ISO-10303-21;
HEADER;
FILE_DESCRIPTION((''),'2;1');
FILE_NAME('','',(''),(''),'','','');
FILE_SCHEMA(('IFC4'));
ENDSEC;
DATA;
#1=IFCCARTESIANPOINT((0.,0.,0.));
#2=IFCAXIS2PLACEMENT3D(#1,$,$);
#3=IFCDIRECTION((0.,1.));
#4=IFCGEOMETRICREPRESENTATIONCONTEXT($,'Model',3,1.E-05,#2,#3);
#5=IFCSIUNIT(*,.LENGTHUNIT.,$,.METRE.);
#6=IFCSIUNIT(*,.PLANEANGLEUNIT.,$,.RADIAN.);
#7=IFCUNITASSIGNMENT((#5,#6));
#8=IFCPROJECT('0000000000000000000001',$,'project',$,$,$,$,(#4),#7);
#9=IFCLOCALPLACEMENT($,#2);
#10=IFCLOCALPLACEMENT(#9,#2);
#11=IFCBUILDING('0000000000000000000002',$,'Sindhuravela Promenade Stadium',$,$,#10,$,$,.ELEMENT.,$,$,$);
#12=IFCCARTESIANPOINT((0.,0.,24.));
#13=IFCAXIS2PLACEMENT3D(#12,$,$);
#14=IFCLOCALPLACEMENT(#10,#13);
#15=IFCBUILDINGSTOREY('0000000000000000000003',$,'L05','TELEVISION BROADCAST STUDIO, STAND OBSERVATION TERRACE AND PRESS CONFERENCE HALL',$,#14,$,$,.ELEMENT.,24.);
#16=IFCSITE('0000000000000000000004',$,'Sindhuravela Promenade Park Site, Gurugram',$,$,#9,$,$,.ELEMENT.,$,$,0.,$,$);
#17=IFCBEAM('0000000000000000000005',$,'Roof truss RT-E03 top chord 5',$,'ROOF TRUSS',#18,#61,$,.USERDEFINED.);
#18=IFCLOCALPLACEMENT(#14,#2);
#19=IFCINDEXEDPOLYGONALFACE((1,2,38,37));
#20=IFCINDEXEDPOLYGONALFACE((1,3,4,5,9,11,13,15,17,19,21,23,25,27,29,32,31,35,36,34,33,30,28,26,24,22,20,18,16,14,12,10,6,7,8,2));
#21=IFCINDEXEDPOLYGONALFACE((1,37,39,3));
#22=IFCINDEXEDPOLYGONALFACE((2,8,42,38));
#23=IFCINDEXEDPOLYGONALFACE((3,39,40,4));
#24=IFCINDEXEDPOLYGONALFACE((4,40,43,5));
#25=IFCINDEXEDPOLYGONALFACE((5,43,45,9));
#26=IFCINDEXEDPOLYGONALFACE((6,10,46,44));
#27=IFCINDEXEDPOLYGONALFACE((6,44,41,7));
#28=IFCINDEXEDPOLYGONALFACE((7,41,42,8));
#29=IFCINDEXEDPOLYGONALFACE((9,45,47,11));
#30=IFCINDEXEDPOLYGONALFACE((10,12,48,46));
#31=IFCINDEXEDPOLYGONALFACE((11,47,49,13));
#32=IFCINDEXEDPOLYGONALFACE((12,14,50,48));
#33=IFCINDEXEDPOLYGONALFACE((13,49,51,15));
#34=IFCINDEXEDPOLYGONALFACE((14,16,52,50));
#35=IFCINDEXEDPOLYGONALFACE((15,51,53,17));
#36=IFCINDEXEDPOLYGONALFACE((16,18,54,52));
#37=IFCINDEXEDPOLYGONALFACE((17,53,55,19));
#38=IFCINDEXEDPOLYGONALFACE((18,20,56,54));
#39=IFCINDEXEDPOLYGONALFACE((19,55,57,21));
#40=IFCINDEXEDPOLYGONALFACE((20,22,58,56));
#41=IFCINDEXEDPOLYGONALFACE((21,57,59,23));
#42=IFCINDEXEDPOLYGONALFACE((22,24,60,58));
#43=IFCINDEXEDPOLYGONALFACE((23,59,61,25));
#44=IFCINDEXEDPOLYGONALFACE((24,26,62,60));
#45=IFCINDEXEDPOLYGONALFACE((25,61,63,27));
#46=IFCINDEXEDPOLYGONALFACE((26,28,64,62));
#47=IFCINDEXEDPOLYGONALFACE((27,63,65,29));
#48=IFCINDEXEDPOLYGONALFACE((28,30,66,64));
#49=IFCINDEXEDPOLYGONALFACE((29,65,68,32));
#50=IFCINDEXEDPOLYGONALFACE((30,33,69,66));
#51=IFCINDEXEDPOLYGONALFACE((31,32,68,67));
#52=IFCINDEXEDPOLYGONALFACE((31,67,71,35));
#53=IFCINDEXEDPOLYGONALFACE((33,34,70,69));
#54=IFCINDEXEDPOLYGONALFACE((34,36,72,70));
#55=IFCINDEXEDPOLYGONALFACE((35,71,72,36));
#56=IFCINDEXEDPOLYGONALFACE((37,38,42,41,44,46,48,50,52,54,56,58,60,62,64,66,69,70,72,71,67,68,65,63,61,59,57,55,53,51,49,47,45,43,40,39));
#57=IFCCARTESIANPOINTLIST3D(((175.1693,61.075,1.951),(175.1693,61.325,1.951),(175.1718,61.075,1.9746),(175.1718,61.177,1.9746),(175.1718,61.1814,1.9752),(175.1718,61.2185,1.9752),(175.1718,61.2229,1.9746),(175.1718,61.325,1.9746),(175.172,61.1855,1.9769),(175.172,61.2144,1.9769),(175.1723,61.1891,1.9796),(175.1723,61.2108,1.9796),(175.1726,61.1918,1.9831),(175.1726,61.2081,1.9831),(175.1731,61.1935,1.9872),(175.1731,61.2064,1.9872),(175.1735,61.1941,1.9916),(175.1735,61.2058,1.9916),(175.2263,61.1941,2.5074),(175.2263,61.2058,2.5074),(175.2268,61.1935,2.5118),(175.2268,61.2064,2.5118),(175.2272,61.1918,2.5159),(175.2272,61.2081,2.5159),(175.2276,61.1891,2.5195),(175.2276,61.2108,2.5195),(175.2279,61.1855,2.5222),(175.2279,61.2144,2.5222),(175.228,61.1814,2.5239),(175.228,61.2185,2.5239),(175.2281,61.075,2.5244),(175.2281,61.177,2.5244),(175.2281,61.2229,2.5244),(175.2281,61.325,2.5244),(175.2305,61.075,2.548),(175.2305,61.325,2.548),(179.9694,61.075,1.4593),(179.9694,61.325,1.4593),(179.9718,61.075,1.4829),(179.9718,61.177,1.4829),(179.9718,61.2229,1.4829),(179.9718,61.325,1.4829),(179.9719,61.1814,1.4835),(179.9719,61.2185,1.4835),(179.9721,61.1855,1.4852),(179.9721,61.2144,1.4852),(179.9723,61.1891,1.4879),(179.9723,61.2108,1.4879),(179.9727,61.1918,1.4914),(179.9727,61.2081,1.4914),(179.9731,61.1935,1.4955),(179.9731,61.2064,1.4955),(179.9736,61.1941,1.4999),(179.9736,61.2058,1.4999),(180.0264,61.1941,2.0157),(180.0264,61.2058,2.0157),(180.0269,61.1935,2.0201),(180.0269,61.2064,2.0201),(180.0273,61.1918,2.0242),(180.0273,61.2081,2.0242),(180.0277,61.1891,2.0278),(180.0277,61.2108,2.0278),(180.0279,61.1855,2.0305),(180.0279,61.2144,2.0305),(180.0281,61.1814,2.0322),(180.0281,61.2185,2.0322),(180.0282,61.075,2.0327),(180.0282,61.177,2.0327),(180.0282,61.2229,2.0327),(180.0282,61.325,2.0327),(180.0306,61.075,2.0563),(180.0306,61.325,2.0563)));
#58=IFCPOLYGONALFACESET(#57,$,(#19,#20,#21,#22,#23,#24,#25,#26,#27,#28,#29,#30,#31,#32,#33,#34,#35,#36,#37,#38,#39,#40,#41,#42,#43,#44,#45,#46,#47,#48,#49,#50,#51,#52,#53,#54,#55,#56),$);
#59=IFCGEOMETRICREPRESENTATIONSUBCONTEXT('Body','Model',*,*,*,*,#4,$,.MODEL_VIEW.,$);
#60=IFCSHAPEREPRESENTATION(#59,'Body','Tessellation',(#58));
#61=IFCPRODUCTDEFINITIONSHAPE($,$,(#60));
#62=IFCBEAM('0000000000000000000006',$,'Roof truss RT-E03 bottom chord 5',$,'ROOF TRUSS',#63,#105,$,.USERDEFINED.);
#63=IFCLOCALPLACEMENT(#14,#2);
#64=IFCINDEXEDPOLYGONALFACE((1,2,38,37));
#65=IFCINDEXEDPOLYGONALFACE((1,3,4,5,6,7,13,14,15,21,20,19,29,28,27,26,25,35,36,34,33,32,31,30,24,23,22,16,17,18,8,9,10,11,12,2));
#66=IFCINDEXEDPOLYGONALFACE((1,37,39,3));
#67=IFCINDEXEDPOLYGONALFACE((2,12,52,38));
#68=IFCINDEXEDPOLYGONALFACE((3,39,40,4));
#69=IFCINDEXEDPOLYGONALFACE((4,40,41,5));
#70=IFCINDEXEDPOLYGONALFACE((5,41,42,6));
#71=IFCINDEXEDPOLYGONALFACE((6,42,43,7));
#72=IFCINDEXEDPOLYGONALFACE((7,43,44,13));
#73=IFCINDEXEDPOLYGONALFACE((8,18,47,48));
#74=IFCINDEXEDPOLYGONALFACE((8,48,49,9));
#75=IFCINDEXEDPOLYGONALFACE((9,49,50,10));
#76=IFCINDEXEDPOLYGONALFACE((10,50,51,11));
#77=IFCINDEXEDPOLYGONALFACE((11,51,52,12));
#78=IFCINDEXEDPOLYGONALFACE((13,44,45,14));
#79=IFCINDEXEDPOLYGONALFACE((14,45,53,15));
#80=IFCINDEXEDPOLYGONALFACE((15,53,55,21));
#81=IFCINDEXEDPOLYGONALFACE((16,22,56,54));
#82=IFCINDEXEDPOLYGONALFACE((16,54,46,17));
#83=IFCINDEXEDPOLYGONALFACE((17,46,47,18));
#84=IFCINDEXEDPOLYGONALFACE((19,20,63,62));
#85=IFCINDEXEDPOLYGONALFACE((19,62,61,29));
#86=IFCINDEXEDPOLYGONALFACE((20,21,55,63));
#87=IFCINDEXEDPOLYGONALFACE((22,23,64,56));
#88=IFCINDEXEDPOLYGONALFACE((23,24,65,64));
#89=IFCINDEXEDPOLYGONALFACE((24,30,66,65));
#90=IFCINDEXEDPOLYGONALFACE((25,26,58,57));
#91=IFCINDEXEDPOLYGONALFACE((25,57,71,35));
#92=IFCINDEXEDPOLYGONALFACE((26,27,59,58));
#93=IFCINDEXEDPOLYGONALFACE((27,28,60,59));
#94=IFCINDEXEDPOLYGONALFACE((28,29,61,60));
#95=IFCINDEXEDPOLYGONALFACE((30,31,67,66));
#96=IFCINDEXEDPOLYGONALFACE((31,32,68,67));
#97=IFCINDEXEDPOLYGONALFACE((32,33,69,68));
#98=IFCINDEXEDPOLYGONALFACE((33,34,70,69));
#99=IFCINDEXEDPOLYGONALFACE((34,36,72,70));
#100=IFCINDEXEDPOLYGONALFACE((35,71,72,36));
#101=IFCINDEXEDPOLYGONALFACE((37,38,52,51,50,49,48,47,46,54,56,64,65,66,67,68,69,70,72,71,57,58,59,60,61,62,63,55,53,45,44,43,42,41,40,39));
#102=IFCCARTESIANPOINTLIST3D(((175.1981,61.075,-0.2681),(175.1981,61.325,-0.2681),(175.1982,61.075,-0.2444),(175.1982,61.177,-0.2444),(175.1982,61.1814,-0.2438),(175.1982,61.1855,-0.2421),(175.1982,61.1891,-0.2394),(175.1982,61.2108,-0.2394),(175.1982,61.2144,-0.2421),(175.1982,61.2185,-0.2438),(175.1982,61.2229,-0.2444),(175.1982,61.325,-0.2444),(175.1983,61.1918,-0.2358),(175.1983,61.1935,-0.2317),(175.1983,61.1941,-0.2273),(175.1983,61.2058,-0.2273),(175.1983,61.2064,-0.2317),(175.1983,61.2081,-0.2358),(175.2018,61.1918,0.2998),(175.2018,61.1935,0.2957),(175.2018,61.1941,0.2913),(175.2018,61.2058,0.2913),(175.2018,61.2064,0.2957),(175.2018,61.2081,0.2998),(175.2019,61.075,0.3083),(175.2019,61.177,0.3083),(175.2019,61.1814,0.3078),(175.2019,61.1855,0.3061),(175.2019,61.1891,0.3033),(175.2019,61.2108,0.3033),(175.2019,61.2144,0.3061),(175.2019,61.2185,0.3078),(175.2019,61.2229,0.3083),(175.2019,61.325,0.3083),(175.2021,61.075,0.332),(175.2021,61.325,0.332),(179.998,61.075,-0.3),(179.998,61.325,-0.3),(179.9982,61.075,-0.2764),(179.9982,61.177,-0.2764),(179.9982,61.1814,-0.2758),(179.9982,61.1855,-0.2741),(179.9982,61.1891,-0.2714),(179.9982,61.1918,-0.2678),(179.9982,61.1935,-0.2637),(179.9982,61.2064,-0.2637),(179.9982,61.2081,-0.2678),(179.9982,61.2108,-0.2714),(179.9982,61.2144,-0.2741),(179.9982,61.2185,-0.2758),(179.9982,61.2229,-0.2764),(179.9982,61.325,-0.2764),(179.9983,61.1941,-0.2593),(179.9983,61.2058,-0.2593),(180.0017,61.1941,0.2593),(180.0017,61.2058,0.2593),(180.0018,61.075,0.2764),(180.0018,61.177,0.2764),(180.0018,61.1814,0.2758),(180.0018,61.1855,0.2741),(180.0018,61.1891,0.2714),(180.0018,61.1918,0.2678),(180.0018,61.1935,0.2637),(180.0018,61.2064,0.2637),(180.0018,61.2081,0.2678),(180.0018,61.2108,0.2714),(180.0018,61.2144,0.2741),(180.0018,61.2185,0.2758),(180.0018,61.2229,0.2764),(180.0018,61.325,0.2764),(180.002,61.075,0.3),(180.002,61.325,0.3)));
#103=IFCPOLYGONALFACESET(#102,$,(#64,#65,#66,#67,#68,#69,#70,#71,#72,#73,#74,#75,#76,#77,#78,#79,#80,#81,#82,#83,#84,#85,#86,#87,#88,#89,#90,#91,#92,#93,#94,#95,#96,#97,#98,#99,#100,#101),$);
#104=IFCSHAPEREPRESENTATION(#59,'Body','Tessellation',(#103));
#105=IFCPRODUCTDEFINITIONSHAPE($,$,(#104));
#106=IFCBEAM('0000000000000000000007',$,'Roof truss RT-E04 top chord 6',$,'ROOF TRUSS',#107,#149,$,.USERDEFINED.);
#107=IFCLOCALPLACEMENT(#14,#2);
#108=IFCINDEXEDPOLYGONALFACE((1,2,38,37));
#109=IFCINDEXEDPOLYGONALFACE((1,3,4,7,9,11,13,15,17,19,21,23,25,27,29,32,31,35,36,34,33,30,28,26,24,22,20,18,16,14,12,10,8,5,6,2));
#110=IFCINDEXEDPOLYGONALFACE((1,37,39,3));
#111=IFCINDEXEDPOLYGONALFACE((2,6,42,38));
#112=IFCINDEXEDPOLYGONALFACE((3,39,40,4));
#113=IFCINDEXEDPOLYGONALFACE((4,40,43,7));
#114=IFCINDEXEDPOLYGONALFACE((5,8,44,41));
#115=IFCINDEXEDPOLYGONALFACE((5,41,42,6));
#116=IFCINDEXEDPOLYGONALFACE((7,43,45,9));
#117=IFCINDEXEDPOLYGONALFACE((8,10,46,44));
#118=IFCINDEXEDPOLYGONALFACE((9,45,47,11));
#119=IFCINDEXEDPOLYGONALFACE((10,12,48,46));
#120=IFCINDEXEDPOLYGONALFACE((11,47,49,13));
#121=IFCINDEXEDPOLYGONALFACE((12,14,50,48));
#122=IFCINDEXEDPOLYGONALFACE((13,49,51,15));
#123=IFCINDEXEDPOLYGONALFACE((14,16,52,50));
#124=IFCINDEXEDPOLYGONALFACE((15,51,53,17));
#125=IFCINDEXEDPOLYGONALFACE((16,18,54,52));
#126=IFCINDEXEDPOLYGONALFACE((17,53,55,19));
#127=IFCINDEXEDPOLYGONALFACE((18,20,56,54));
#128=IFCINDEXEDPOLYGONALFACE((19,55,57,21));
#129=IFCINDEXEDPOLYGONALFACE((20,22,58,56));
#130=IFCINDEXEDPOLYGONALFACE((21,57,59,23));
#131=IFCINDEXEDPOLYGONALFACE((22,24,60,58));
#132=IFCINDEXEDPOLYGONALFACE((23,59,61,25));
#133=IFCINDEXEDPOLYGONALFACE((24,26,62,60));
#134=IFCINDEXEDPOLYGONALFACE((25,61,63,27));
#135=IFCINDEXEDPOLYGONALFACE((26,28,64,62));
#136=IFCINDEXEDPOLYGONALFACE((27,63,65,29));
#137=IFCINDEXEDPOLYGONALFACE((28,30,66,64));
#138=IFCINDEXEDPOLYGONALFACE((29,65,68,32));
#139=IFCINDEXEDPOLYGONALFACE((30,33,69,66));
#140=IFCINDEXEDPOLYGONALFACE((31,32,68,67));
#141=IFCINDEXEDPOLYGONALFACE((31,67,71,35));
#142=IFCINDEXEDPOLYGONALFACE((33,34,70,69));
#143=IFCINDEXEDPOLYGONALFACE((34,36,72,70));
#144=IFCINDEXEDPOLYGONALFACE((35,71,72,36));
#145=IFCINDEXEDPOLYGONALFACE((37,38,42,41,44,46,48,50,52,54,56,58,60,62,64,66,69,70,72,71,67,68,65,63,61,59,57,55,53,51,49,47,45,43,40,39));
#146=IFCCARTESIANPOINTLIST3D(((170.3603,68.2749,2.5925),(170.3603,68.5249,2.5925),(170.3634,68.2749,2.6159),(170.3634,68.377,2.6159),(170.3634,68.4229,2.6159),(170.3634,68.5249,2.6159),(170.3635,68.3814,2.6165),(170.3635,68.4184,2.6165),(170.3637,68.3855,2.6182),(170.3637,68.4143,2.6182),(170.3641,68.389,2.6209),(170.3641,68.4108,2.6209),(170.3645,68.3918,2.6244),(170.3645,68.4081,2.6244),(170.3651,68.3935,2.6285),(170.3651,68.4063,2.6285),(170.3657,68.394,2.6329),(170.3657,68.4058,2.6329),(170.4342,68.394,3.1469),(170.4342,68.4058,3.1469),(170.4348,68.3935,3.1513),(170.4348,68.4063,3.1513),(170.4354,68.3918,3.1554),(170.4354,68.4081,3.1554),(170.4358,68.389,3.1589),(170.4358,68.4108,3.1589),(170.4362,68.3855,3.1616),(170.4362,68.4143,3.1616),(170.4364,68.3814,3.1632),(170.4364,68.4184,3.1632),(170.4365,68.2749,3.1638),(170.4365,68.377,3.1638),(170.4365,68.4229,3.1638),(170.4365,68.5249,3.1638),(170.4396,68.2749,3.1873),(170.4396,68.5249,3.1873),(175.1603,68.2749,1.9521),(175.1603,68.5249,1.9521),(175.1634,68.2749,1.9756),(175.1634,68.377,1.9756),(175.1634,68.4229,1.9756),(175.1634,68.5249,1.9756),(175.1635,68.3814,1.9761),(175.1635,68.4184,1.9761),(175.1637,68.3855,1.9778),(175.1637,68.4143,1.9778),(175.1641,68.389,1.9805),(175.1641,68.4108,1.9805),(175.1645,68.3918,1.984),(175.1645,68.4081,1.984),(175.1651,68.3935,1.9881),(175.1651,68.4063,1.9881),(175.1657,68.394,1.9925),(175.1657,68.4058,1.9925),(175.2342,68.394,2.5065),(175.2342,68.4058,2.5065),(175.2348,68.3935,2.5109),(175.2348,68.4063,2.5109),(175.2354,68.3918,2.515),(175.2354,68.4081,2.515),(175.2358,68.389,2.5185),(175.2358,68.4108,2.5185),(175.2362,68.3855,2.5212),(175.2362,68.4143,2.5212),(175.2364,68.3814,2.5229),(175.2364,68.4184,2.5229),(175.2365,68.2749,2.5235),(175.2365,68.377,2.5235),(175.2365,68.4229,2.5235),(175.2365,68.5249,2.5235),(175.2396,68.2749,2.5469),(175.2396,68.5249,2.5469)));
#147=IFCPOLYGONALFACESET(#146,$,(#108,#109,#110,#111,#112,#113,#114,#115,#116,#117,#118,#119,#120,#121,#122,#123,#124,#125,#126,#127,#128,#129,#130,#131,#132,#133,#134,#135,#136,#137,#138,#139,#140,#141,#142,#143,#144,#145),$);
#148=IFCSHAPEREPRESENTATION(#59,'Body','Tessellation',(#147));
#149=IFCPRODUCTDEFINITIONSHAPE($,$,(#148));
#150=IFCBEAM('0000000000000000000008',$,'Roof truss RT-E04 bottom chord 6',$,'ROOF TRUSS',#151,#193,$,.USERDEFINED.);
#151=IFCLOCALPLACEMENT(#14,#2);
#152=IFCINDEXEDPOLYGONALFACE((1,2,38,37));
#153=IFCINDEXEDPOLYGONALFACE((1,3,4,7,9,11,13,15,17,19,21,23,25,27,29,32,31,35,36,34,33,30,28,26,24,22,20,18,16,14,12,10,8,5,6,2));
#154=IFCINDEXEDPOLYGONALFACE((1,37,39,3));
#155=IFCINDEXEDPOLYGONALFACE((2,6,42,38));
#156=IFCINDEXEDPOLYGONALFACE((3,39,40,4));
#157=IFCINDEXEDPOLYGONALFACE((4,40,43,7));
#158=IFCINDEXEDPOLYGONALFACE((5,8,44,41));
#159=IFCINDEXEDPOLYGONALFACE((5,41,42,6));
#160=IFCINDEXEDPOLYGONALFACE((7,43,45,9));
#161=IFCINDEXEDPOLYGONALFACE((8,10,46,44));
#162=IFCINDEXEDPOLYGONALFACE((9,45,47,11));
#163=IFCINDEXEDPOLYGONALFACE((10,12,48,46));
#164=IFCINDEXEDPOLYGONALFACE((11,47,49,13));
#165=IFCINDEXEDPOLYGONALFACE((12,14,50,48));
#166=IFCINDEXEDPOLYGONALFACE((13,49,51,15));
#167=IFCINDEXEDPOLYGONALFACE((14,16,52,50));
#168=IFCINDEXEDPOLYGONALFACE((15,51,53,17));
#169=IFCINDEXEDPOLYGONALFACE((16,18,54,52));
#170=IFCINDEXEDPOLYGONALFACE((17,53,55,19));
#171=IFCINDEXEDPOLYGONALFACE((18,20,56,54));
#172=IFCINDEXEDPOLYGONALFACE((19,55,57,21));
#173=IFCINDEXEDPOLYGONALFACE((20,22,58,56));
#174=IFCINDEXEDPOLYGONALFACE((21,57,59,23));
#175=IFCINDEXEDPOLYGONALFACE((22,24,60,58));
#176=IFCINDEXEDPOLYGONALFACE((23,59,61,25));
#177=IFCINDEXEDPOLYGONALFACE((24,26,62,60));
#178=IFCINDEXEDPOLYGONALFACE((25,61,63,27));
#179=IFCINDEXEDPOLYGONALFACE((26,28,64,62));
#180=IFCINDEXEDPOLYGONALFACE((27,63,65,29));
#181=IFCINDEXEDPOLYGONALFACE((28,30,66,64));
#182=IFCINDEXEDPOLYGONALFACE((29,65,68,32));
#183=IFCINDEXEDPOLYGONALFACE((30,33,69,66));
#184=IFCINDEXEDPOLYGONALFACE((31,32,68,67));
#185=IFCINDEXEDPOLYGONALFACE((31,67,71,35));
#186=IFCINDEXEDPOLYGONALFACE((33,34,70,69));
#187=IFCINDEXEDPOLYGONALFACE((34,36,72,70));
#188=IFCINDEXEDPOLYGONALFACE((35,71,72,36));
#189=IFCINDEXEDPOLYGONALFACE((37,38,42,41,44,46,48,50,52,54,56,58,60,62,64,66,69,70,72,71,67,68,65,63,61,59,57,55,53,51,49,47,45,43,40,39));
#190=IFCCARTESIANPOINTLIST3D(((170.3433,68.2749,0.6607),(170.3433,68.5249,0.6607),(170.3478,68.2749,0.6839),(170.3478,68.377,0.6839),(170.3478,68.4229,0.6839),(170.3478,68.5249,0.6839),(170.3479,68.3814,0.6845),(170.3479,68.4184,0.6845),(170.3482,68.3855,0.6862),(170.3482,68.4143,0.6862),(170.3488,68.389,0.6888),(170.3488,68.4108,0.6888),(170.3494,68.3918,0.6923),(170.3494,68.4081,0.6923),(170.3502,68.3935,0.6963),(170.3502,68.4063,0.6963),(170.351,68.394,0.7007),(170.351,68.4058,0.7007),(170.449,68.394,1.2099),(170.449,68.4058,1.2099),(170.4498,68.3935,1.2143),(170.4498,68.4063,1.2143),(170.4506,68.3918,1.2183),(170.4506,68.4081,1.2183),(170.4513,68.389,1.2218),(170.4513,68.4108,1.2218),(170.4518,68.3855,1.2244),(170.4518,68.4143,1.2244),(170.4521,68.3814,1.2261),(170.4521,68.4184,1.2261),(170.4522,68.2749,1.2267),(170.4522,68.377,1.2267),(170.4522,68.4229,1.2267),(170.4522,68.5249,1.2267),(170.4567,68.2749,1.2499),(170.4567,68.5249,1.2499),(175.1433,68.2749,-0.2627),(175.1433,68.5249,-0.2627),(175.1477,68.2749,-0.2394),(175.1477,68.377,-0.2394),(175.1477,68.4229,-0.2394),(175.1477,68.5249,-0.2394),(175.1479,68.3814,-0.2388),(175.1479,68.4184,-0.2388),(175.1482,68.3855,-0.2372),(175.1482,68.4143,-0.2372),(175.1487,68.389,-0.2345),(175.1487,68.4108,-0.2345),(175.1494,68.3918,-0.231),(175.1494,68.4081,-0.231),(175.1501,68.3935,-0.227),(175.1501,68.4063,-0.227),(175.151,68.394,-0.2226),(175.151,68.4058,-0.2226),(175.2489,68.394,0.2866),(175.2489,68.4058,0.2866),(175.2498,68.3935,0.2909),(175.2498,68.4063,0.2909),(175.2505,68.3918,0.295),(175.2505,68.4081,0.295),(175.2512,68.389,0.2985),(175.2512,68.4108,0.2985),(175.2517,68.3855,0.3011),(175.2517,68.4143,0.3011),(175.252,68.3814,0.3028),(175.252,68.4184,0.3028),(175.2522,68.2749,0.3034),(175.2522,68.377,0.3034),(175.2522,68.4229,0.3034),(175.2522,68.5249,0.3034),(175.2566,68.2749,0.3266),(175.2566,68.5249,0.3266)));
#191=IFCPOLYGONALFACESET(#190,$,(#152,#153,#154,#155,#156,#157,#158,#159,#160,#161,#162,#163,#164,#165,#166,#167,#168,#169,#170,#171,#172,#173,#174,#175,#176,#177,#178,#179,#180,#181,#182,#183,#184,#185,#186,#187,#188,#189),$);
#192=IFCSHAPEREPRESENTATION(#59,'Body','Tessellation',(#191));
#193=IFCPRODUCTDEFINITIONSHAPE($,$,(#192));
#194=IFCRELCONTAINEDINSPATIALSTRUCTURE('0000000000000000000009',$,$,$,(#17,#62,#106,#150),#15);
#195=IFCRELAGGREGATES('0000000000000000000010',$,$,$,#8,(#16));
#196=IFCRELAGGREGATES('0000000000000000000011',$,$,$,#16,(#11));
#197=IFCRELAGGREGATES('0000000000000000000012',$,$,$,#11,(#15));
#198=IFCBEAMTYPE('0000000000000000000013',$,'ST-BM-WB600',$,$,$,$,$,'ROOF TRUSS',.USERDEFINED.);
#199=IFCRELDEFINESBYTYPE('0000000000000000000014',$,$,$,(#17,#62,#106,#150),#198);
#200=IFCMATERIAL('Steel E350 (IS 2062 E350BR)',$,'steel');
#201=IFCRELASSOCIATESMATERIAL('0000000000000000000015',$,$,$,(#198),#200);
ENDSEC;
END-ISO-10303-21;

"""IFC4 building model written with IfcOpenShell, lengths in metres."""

from ifc_helpers import new_model, si_unit, direction, frame, origin, origin_2d, place, context, subcontext, project, spatial, i_section, extrude, material, material_profile, profile_set, type_object, element, save


model = new_model("IFC4")

# Units and contexts
model_context = context("Model", 3, precision=1e-05, world=origin(), true_north=direction((0.0, 1.0)))
body_context = subcontext(model_context, "Body", "Model", "MODEL_VIEW")
ifc_project = project(units=[si_unit("LENGTHUNIT", "METRE"), si_unit("PLANEANGLEUNIT", "RADIAN")], contexts=[model_context])

# Site, building, storey
site_placement = place(None, origin())
site = spatial("IfcSite", under=ifc_project, at=site_placement, Name="Sindhuravela Promenade Park Site, Gurugram", CompositionType="ELEMENT", RefElevation=0.0)
building_placement = place(site_placement, origin())
building = spatial("IfcBuilding", under=site, at=building_placement, Name="Sindhuravela Promenade Stadium", CompositionType="ELEMENT")
storey_placement = place(building_placement, frame((0.0, 0.0, 24.0)))
storey = spatial("IfcBuildingStorey", under=building, at=storey_placement, Name="L05", Description="TELEVISION BROADCAST STUDIO, STAND OBSERVATION TERRACE AND PRESS CONFERENCE HALL", CompositionType="ELEMENT", Elevation=24.0)

# Beams
ifc_material_1 = material(Name="Steel E350 (IS 2062 E350BR)", Category="steel")
ifc_material_profile_1 = material_profile(ifc_material_1, i_section(OverallWidth=0.25, OverallDepth=0.6001, WebThickness=0.0117, FlangeThickness=0.0237, FilletRadius=0.0171, at=origin_2d()), Name="ISWB 600")
ifc_profile_set_1 = profile_set([ifc_material_profile_1], Name="Steel E350 (IS 2062 E350BR)")
beam_type_1 = type_object("IfcBeamType", Name="ST-BM-WB600", ElementType="ROOF TRUSS", PredefinedType="USERDEFINED", material=ifc_profile_set_1)
beam_1_placement = place(storey_placement, frame((180.0, 61.2, 1.7578), z_axis=(-0.994794, 0.0, 0.101903), x_axis=(0.0, -1.0, 0.0)))
element("IfcBeam", 1, at=beam_1_placement, inside=storey, type_object=beam_type_1, Name="Roof truss RT-E03 top chord 5", ObjectType="ROOF TRUSS", PredefinedType="USERDEFINED", context=body_context, shape_type="SweptSolid", body=[
    extrude(i_section(OverallWidth=0.25, OverallDepth=0.6001, WebThickness=0.0117, FlangeThickness=0.0237, FilletRadius=0.0171, at=origin_2d()), origin(), (0.0, 0.0, 1.0), 4.8252),
])
beam_2_placement = place(storey_placement, frame((180.0, 61.2, 0.0), z_axis=(-0.999978, 0.0, 0.006663), x_axis=(0.0, -1.0, 0.0)))
element("IfcBeam", 2, at=beam_2_placement, inside=storey, type_object=beam_type_1, Name="Roof truss RT-E03 bottom chord 5", ObjectType="ROOF TRUSS", PredefinedType="USERDEFINED", context=body_context, shape_type="SweptSolid", body=[
    extrude(i_section(OverallWidth=0.25, OverallDepth=0.6001, WebThickness=0.0117, FlangeThickness=0.0237, FilletRadius=0.0171, at=origin_2d()), origin(), (0.0, 0.0, 1.0), 4.8),
])
beam_3_placement = place(storey_placement, frame((175.2, 68.3999, 2.2495), z_axis=(-0.991218, 0.0, 0.13224), x_axis=(0.0, -1.0, 0.0)))
element("IfcBeam", 3, at=beam_3_placement, inside=storey, type_object=beam_type_1, Name="Roof truss RT-E04 top chord 6", ObjectType="ROOF TRUSS", PredefinedType="USERDEFINED", context=body_context, shape_type="SweptSolid", body=[
    extrude(i_section(OverallWidth=0.25, OverallDepth=0.6001, WebThickness=0.0117, FlangeThickness=0.0237, FilletRadius=0.0171, at=origin_2d()), origin(), (0.0, 0.0, 1.0), 4.8425),
])
beam_4_placement = place(storey_placement, frame((175.2, 68.3999, 0.032), z_axis=(-0.981997, 0.0, 0.188897), x_axis=(0.0, -1.0, 0.0)))
element("IfcBeam", 4, at=beam_4_placement, inside=storey, type_object=beam_type_1, Name="Roof truss RT-E04 bottom chord 6", ObjectType="ROOF TRUSS", PredefinedType="USERDEFINED", context=body_context, shape_type="SweptSolid", body=[
    extrude(i_section(OverallWidth=0.25, OverallDepth=0.6001, WebThickness=0.0117, FlangeThickness=0.0237, FilletRadius=0.0171, at=origin_2d()), origin(), (0.0, 0.0, 1.0), 4.8879),
])

save(model, "model.ifc")
